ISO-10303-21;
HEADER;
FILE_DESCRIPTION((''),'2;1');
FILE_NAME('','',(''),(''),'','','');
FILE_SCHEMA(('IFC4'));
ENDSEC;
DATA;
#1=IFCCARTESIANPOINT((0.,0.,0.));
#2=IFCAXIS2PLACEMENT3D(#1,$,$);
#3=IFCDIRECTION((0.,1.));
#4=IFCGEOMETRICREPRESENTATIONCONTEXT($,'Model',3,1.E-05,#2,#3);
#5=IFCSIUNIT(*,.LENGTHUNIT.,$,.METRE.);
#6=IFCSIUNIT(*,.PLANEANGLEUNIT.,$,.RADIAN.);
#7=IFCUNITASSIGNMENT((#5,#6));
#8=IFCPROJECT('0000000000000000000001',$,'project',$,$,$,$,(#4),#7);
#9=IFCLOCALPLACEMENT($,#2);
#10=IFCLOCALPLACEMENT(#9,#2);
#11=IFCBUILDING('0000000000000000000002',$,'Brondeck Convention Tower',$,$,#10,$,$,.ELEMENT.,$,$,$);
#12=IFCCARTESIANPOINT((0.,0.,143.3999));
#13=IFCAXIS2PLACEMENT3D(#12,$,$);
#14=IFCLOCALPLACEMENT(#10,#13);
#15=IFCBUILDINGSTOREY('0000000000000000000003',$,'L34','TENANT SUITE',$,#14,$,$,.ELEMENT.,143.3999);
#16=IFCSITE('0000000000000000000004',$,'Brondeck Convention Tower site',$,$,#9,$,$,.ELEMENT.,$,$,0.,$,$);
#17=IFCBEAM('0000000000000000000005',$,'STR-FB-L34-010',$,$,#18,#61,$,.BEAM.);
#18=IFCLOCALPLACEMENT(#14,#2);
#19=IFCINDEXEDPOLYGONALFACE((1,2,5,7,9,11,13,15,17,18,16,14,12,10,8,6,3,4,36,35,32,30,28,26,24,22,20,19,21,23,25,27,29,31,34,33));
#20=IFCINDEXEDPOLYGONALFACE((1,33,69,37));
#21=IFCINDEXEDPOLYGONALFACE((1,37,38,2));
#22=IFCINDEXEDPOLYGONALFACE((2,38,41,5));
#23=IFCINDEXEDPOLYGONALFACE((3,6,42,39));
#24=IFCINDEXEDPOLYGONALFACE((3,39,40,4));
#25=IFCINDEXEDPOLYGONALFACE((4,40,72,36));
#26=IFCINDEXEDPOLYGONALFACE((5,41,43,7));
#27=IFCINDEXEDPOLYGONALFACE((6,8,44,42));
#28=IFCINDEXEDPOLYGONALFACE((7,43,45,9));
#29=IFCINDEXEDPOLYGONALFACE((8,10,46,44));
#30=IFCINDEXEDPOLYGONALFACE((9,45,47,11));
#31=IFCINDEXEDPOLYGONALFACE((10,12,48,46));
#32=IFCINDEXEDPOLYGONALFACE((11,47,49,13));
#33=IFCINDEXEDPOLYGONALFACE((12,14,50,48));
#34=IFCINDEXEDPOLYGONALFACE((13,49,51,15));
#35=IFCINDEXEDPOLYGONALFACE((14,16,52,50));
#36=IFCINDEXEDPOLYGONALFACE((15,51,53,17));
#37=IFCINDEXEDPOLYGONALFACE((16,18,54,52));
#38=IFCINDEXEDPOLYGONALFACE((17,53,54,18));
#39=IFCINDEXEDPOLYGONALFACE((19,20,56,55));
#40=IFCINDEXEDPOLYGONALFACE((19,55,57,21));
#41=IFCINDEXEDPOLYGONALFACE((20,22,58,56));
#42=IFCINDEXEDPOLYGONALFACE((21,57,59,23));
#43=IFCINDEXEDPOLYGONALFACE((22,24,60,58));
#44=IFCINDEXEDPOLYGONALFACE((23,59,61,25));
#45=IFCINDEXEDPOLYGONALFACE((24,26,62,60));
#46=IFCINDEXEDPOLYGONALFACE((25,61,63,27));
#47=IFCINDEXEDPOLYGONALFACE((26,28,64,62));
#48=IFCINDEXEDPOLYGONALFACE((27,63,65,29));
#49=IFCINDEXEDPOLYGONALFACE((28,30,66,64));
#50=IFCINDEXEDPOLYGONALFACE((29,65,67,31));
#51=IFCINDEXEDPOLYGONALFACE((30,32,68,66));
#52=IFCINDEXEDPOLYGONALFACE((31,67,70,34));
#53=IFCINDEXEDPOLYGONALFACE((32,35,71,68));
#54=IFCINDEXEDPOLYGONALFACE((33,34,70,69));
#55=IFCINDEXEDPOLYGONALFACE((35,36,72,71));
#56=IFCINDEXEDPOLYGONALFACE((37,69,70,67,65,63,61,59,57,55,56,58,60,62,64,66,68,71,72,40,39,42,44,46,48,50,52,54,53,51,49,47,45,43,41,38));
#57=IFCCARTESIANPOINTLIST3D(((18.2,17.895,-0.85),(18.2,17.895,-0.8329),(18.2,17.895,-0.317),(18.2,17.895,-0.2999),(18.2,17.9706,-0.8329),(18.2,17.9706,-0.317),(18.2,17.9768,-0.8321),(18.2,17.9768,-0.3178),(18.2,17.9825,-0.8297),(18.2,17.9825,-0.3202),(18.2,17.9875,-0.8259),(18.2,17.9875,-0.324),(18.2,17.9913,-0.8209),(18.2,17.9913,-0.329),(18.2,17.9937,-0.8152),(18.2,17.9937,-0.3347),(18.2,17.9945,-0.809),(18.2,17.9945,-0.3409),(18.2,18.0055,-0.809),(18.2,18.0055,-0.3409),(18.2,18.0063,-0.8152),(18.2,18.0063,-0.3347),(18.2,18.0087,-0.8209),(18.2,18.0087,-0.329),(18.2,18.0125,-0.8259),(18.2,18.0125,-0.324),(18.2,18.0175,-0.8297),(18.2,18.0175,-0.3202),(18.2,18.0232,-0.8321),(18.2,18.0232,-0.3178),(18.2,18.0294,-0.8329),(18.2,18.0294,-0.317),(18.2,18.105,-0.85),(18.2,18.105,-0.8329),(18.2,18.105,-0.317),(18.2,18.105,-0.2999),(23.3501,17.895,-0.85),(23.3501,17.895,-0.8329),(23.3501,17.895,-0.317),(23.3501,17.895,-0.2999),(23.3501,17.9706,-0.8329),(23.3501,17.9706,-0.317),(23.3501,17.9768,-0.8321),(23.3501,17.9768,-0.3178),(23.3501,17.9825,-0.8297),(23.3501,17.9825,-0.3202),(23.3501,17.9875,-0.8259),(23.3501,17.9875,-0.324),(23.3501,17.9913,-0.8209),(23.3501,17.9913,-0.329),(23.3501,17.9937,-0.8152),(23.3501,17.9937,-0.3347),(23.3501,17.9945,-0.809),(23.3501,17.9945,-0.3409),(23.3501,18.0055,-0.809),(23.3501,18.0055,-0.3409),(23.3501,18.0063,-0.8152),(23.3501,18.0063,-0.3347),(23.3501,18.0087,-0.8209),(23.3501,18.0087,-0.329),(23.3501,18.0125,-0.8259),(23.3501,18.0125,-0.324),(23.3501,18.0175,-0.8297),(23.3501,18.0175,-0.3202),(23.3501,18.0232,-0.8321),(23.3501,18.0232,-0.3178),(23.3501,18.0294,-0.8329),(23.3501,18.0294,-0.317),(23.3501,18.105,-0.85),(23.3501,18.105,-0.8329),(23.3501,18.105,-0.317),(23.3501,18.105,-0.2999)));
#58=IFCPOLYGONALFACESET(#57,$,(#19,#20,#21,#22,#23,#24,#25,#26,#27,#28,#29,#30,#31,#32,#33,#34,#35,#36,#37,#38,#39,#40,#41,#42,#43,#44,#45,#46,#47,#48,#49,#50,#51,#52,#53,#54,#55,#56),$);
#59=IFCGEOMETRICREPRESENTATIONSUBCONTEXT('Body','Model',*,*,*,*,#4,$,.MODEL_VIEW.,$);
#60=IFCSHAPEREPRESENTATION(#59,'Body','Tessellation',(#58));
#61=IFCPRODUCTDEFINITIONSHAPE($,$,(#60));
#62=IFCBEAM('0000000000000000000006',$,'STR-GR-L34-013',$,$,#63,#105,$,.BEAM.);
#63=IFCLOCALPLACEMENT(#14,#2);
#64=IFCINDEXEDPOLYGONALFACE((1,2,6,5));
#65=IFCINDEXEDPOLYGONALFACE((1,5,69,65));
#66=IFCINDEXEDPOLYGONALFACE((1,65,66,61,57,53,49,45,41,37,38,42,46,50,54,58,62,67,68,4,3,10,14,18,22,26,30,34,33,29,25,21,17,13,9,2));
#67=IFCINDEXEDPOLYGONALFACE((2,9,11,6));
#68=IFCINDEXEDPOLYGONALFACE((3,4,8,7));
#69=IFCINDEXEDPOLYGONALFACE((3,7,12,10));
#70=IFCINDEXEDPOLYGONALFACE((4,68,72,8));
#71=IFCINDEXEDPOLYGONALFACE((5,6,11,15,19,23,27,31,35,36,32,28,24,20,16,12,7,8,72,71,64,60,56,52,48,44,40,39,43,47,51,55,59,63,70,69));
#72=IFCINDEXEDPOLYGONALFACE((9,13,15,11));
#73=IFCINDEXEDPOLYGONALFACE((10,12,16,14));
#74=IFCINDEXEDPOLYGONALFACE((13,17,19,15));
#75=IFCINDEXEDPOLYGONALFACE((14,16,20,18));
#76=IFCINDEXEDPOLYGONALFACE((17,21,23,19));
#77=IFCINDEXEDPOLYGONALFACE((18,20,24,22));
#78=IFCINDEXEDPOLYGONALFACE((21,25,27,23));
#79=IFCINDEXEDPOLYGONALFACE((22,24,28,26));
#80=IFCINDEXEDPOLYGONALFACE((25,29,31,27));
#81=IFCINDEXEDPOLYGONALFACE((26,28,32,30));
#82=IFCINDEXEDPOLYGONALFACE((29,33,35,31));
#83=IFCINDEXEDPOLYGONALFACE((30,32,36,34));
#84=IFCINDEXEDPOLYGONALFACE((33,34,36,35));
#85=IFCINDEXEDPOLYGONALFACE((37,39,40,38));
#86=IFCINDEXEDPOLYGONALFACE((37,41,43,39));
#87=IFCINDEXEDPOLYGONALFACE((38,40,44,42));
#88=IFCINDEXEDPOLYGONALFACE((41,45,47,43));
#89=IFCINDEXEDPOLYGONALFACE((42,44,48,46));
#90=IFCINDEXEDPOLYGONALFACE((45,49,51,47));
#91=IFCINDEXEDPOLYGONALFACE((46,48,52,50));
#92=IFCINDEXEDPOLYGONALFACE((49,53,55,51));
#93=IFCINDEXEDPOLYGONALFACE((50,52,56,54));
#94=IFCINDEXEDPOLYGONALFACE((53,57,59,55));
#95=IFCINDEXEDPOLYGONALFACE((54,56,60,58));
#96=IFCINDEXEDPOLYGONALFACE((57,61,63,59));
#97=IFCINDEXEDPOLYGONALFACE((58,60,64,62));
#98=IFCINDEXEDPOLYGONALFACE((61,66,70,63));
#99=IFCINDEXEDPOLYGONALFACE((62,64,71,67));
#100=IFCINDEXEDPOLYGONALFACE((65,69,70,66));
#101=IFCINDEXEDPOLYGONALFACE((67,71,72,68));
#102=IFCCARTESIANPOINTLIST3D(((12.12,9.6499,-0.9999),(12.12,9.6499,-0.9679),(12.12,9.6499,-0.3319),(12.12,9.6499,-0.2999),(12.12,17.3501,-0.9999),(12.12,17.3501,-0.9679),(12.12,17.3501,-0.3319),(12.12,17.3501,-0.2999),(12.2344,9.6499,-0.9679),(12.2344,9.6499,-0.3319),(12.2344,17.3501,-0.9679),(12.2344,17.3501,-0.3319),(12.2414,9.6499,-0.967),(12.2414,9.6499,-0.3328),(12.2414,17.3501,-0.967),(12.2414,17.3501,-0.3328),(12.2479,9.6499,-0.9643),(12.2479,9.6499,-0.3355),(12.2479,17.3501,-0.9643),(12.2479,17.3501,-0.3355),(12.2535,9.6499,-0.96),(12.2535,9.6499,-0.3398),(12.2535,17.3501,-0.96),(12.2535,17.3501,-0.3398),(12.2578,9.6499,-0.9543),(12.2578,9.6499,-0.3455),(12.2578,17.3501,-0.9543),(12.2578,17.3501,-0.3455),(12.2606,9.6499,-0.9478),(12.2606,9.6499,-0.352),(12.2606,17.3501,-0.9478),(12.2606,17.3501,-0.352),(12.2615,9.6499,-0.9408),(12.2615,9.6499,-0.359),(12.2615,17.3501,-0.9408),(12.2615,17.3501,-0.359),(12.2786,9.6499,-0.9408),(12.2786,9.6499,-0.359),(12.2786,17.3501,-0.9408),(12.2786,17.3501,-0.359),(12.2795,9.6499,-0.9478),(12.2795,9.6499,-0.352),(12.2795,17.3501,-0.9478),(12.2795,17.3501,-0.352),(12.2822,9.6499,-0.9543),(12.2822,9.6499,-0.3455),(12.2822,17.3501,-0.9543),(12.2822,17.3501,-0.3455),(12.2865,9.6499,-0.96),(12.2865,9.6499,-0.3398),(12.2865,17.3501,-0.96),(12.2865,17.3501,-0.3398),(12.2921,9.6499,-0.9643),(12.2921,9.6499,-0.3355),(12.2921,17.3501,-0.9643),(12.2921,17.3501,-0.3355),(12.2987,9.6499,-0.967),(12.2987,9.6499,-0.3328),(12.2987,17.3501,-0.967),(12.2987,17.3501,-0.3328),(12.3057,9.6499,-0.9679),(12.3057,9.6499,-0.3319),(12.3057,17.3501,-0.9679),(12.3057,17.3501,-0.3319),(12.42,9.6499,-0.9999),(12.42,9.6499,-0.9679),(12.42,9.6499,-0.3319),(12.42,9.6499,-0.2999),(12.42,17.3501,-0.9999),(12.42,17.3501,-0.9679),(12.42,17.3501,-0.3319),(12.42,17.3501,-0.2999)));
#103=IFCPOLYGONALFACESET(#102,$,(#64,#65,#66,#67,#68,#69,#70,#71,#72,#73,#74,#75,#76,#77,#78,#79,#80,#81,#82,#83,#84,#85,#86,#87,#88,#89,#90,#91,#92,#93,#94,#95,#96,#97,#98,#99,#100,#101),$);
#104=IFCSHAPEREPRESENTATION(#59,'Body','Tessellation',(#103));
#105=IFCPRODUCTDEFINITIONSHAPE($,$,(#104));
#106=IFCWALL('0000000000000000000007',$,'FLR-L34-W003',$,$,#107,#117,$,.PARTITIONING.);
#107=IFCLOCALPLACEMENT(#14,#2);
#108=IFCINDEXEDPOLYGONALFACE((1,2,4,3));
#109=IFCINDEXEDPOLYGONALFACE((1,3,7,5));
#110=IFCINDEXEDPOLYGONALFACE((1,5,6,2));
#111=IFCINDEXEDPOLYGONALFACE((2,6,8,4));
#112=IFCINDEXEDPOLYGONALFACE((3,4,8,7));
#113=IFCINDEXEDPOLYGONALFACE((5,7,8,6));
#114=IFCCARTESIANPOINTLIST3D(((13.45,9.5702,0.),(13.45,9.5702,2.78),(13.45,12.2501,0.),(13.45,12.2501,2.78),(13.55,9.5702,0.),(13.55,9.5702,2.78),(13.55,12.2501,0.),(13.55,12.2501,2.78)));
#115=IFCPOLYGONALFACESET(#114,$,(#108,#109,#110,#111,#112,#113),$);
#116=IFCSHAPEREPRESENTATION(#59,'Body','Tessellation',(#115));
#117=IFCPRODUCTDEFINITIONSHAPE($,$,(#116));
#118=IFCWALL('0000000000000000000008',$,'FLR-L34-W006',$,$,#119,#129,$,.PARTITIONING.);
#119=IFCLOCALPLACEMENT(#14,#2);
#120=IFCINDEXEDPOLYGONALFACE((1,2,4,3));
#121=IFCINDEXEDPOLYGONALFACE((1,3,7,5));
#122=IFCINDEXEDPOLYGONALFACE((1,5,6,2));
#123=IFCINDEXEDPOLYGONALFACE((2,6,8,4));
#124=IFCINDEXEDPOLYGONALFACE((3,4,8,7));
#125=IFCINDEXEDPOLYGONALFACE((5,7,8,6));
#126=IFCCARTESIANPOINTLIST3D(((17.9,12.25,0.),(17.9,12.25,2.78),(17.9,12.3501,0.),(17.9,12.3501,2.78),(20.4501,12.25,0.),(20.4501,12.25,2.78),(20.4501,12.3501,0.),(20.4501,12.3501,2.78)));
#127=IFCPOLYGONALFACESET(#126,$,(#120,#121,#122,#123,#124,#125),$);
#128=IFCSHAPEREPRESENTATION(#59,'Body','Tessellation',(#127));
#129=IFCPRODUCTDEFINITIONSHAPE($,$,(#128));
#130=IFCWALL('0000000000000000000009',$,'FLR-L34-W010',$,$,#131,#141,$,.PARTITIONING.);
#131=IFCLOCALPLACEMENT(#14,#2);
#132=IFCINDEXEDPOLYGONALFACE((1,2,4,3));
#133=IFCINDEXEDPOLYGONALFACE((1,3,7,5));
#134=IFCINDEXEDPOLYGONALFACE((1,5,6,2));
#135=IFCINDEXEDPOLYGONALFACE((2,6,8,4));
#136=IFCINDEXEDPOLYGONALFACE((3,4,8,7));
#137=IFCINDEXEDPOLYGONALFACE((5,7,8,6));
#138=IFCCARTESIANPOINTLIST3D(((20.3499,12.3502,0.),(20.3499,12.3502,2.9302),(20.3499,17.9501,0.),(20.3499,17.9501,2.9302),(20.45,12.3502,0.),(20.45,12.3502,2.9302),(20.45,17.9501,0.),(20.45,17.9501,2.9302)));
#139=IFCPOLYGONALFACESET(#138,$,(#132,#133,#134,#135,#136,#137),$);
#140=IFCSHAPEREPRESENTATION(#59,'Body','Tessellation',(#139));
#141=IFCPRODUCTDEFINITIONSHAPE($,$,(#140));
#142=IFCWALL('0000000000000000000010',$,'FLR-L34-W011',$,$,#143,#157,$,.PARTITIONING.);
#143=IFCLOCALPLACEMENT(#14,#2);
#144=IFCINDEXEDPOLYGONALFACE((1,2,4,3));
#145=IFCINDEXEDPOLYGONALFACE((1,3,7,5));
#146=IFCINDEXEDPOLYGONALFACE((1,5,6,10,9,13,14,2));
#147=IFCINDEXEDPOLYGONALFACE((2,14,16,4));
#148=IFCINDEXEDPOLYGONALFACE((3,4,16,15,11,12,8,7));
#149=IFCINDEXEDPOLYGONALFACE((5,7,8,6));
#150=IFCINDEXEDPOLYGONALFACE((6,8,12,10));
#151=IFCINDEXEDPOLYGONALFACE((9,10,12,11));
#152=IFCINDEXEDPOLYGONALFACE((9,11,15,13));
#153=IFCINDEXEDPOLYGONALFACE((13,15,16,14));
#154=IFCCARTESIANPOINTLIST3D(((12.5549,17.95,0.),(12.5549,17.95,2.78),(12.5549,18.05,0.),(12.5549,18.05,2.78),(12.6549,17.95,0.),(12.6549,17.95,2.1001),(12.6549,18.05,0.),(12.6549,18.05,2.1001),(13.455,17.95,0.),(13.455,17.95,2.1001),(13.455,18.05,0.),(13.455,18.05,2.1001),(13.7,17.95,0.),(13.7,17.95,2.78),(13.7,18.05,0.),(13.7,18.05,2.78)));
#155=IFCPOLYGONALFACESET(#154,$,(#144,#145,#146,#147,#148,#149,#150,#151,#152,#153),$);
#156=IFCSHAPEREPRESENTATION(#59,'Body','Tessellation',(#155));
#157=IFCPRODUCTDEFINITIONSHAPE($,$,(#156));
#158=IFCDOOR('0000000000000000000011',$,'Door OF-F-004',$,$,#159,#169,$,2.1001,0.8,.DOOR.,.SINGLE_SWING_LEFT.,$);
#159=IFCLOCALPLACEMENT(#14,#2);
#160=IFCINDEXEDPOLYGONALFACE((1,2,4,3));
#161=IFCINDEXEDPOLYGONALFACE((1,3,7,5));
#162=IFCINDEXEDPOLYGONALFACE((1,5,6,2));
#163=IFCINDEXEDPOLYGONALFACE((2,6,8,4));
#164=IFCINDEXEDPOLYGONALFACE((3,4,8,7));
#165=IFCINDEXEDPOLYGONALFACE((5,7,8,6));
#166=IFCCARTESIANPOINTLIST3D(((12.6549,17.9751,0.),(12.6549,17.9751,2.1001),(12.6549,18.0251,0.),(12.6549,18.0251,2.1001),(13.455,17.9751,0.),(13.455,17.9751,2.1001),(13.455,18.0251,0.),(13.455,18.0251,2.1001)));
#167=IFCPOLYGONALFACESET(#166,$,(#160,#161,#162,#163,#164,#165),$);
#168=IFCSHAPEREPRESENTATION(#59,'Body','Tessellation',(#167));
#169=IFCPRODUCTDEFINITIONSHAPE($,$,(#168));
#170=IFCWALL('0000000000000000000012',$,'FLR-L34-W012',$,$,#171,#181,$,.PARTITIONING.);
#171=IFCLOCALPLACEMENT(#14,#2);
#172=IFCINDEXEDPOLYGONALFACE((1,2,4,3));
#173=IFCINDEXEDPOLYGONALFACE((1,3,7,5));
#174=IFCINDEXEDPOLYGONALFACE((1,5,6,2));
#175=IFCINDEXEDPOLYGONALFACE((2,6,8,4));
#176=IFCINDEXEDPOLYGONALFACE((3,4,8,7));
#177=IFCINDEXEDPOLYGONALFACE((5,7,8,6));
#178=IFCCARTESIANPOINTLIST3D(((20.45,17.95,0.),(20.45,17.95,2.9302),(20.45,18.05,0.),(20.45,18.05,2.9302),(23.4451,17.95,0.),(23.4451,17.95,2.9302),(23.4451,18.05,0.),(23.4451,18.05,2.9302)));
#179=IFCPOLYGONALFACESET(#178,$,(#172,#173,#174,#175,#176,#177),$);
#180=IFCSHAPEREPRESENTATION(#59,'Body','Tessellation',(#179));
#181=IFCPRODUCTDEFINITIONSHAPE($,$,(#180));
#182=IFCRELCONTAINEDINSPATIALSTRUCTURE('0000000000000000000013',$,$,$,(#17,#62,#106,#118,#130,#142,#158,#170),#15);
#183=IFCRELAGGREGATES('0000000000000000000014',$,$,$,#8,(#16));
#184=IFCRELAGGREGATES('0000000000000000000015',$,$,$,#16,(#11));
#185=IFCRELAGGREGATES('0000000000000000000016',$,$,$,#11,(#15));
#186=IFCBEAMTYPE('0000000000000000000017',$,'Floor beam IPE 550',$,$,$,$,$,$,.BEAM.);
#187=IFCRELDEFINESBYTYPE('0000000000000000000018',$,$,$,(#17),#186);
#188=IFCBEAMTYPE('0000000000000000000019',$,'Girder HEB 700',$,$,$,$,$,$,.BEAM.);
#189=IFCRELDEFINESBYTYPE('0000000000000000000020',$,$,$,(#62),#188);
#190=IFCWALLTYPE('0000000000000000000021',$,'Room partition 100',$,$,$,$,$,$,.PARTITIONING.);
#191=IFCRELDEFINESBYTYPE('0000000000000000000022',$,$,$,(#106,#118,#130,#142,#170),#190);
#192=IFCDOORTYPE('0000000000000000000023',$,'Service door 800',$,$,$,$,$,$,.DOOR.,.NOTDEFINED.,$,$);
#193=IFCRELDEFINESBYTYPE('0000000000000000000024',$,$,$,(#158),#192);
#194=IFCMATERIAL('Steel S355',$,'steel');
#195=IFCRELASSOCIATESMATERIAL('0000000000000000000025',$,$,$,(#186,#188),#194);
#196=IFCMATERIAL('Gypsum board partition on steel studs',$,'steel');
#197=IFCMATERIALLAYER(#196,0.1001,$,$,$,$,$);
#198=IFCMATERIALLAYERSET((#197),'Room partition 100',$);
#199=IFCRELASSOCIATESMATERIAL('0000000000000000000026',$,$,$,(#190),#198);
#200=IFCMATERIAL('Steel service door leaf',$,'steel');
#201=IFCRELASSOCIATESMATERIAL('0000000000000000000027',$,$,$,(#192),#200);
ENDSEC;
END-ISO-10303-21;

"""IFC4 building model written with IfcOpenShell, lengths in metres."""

from ifc_helpers import new_model, si_unit, direction, frame, frame_2d, origin, origin_2d, place, context, subcontext, project, spatial, rectangle, i_section, extrude, material, layer, layer_set, material_profile, profile_set, type_object, element, fill, save


model = new_model("IFC4")

# Units and contexts
model_context = context("Model", 3, precision=1e-05, world=origin(), true_north=direction((0.0, 1.0)))
body_context = subcontext(model_context, "Body", "Model", "MODEL_VIEW")
ifc_project = project(units=[si_unit("LENGTHUNIT", "METRE"), si_unit("PLANEANGLEUNIT", "RADIAN")], contexts=[model_context])

# Site, building, storey
site_placement = place(None, origin())
site = spatial("IfcSite", under=ifc_project, at=site_placement, Name="Brondeck Convention Tower site", CompositionType="ELEMENT", RefElevation=0.0)
building_placement = place(site_placement, origin())
building = spatial("IfcBuilding", under=site, at=building_placement, Name="Brondeck Convention Tower", CompositionType="ELEMENT")
storey_placement = place(building_placement, frame((0.0, 0.0, 143.3999)))
storey = spatial("IfcBuildingStorey", under=building, at=storey_placement, Name="L34", Description="TENANT SUITE", CompositionType="ELEMENT", Elevation=143.3999)

# Beams
ifc_material_1 = material(Name="Steel S355", Category="steel")
ifc_material_profile_1 = material_profile(ifc_material_1, i_section(OverallWidth=0.21, OverallDepth=0.55, WebThickness=0.011, FlangeThickness=0.0171, FilletRadius=0.0239, at=origin_2d()), Name="IPE 550")
ifc_profile_set_1 = profile_set([ifc_material_profile_1], Name="Steel S355")
beam_type_1 = type_object("IfcBeamType", Name="Floor beam IPE 550", PredefinedType="BEAM", material=ifc_profile_set_1)
beam_1_placement = place(storey_placement, frame((18.2, 18.0, -0.575), z_axis=(1.0, 0.0, 0.0), x_axis=(0.0, 1.0, 0.0)))
element("IfcBeam", 1, at=beam_1_placement, inside=storey, type_object=beam_type_1, Name="STR-FB-L34-010", PredefinedType="BEAM", context=body_context, shape_type="SweptSolid", body=[
    extrude(i_section(OverallWidth=0.21, OverallDepth=0.55, WebThickness=0.011, FlangeThickness=0.0171, FilletRadius=0.0239, at=origin_2d()), origin(), (0.0, 0.0, 1.0), 5.1501),
])
ifc_material_profile_2 = material_profile(ifc_material_1, i_section(OverallWidth=0.3, OverallDepth=0.7, WebThickness=0.0171, FlangeThickness=0.032, FilletRadius=0.0271, at=origin_2d()), Name="HEB 700")
ifc_profile_set_2 = profile_set([ifc_material_profile_2], Name="Steel S355")
beam_type_2 = type_object("IfcBeamType", Name="Girder HEB 700", PredefinedType="BEAM", material=ifc_profile_set_2)
beam_2_placement = place(storey_placement, frame((12.27, 17.3501, -0.6499), z_axis=(0.0, -1.0, 0.0), x_axis=(1.0, 0.0, 0.0)))
element("IfcBeam", 2, at=beam_2_placement, inside=storey, type_object=beam_type_2, Name="STR-GR-L34-013", PredefinedType="BEAM", context=body_context, shape_type="SweptSolid", body=[
    extrude(i_section(OverallWidth=0.3, OverallDepth=0.7, WebThickness=0.0171, FlangeThickness=0.032, FilletRadius=0.0271, at=origin_2d()), origin(), (0.0, 0.0, 1.0), 7.7002),
])

# Walls
ifc_material_2 = material(Name="Gypsum board partition on steel studs", Category="steel")
ifc_layer_1 = layer(ifc_material_2, 0.1001)
ifc_layer_set_1 = layer_set([ifc_layer_1], Name="Room partition 100")
wall_type_1 = type_object("IfcWallType", Name="Room partition 100", PredefinedType="PARTITIONING", material=ifc_layer_set_1)
wall_1_placement = place(storey_placement, frame((13.5, 12.25, 0.0), z_axis=(0.0, 0.0, 1.0), x_axis=(0.0, -1.0, 0.0)))
element("IfcWall", 3, at=wall_1_placement, inside=storey, type_object=wall_type_1, Name="FLR-L34-W003", PredefinedType="PARTITIONING", context=body_context, shape_type="SweptSolid", body=[
    extrude(rectangle(XDim=2.6799, YDim=0.1001, at=frame_2d((1.3398, 0.0))), origin(), (0.0, 0.0, 1.0), 2.78),
])
wall_2_placement = place(storey_placement, frame((20.45, 12.3, 0.0), z_axis=(0.0, 0.0, 1.0), x_axis=(-1.0, 0.0, 0.0)))
element("IfcWall", 4, at=wall_2_placement, inside=storey, type_object=wall_type_1, Name="FLR-L34-W006", PredefinedType="PARTITIONING", context=body_context, shape_type="SweptSolid", body=[
    extrude(rectangle(XDim=2.55, YDim=0.1001, at=frame_2d((1.2749, 0.0))), origin(), (0.0, 0.0, 1.0), 2.78),
])
wall_3_placement = place(storey_placement, frame((20.3999, 17.95, 0.0), z_axis=(0.0, 0.0, 1.0), x_axis=(0.0, -1.0, 0.0)))
element("IfcWall", 5, at=wall_3_placement, inside=storey, type_object=wall_type_1, Name="FLR-L34-W010", PredefinedType="PARTITIONING", context=body_context, shape_type="SweptSolid", body=[
    extrude(rectangle(XDim=5.5999, YDim=0.1001, at=frame_2d((2.7998, 0.0))), origin(), (0.0, 0.0, 1.0), 2.9302),
])

# Wall, opening, door
wall_4_placement = place(storey_placement, frame((13.7, 18.0, 0.0), z_axis=(0.0, 0.0, 1.0), x_axis=(-1.0, 0.0, 0.0)))
wall_4 = element("IfcWall", 6, at=wall_4_placement, inside=storey, type_object=wall_type_1, Name="FLR-L34-W011", PredefinedType="PARTITIONING", context=body_context, shape_type="SweptSolid", body=[
    extrude(rectangle(XDim=1.145, YDim=0.1001, at=frame_2d((0.5725, 0.0))), origin(), (0.0, 0.0, 1.0), 2.78),
])
opening_1_placement = place(wall_4_placement, frame((0.2451, 0.0, 0.0)))
opening_1 = element("IfcOpeningElement", 7, at=opening_1_placement, cuts=wall_4, PredefinedType="OPENING", context=body_context, shape_type="SweptSolid", body=[
    extrude(rectangle(XDim=0.8, YDim=2.1001, at=frame_2d((0.3999, 1.05))), frame((0.0, 0.0601, 0.0), z_axis=(0.0, -1.0, 0.0), x_axis=(1.0, 0.0, 0.0)), (0.0, 0.0, 1.0), 0.1201),
])
ifc_material_3 = material(Name="Steel service door leaf", Category="steel")
door_type_1 = type_object("IfcDoorType", Name="Service door 800", OperationType="NOTDEFINED", PredefinedType="DOOR", material=ifc_material_3)
door_1_placement = place(opening_1_placement, origin())
door_1 = element("IfcDoor", 8, at=door_1_placement, inside=storey, type_object=door_type_1, Name="Door OF-F-004", OperationType="SINGLE_SWING_LEFT", OverallHeight=2.1001, OverallWidth=0.8, PredefinedType="DOOR", context=body_context, shape_type="SweptSolid", body=[
    extrude(rectangle(XDim=0.8, YDim=2.1001, at=frame_2d((0.3999, 1.05))), frame((0.0, 0.0249, 0.0), z_axis=(0.0, -1.0, 0.0), x_axis=(1.0, 0.0, 0.0)), (0.0, 0.0, 1.0), 0.05),
])
fill(opening_1, door_1)

# Wall
wall_5_placement = place(storey_placement, frame((23.4451, 18.0, 0.0), z_axis=(0.0, 0.0, 1.0), x_axis=(-1.0, 0.0, 0.0)))
element("IfcWall", 9, at=wall_5_placement, inside=storey, type_object=wall_type_1, Name="FLR-L34-W012", PredefinedType="PARTITIONING", context=body_context, shape_type="SweptSolid", body=[
    extrude(rectangle(XDim=2.9951, YDim=0.1001, at=frame_2d((1.4976, 0.0))), origin(), (0.0, 0.0, 1.0), 2.9302),
])

save(model, "model.ifc")
